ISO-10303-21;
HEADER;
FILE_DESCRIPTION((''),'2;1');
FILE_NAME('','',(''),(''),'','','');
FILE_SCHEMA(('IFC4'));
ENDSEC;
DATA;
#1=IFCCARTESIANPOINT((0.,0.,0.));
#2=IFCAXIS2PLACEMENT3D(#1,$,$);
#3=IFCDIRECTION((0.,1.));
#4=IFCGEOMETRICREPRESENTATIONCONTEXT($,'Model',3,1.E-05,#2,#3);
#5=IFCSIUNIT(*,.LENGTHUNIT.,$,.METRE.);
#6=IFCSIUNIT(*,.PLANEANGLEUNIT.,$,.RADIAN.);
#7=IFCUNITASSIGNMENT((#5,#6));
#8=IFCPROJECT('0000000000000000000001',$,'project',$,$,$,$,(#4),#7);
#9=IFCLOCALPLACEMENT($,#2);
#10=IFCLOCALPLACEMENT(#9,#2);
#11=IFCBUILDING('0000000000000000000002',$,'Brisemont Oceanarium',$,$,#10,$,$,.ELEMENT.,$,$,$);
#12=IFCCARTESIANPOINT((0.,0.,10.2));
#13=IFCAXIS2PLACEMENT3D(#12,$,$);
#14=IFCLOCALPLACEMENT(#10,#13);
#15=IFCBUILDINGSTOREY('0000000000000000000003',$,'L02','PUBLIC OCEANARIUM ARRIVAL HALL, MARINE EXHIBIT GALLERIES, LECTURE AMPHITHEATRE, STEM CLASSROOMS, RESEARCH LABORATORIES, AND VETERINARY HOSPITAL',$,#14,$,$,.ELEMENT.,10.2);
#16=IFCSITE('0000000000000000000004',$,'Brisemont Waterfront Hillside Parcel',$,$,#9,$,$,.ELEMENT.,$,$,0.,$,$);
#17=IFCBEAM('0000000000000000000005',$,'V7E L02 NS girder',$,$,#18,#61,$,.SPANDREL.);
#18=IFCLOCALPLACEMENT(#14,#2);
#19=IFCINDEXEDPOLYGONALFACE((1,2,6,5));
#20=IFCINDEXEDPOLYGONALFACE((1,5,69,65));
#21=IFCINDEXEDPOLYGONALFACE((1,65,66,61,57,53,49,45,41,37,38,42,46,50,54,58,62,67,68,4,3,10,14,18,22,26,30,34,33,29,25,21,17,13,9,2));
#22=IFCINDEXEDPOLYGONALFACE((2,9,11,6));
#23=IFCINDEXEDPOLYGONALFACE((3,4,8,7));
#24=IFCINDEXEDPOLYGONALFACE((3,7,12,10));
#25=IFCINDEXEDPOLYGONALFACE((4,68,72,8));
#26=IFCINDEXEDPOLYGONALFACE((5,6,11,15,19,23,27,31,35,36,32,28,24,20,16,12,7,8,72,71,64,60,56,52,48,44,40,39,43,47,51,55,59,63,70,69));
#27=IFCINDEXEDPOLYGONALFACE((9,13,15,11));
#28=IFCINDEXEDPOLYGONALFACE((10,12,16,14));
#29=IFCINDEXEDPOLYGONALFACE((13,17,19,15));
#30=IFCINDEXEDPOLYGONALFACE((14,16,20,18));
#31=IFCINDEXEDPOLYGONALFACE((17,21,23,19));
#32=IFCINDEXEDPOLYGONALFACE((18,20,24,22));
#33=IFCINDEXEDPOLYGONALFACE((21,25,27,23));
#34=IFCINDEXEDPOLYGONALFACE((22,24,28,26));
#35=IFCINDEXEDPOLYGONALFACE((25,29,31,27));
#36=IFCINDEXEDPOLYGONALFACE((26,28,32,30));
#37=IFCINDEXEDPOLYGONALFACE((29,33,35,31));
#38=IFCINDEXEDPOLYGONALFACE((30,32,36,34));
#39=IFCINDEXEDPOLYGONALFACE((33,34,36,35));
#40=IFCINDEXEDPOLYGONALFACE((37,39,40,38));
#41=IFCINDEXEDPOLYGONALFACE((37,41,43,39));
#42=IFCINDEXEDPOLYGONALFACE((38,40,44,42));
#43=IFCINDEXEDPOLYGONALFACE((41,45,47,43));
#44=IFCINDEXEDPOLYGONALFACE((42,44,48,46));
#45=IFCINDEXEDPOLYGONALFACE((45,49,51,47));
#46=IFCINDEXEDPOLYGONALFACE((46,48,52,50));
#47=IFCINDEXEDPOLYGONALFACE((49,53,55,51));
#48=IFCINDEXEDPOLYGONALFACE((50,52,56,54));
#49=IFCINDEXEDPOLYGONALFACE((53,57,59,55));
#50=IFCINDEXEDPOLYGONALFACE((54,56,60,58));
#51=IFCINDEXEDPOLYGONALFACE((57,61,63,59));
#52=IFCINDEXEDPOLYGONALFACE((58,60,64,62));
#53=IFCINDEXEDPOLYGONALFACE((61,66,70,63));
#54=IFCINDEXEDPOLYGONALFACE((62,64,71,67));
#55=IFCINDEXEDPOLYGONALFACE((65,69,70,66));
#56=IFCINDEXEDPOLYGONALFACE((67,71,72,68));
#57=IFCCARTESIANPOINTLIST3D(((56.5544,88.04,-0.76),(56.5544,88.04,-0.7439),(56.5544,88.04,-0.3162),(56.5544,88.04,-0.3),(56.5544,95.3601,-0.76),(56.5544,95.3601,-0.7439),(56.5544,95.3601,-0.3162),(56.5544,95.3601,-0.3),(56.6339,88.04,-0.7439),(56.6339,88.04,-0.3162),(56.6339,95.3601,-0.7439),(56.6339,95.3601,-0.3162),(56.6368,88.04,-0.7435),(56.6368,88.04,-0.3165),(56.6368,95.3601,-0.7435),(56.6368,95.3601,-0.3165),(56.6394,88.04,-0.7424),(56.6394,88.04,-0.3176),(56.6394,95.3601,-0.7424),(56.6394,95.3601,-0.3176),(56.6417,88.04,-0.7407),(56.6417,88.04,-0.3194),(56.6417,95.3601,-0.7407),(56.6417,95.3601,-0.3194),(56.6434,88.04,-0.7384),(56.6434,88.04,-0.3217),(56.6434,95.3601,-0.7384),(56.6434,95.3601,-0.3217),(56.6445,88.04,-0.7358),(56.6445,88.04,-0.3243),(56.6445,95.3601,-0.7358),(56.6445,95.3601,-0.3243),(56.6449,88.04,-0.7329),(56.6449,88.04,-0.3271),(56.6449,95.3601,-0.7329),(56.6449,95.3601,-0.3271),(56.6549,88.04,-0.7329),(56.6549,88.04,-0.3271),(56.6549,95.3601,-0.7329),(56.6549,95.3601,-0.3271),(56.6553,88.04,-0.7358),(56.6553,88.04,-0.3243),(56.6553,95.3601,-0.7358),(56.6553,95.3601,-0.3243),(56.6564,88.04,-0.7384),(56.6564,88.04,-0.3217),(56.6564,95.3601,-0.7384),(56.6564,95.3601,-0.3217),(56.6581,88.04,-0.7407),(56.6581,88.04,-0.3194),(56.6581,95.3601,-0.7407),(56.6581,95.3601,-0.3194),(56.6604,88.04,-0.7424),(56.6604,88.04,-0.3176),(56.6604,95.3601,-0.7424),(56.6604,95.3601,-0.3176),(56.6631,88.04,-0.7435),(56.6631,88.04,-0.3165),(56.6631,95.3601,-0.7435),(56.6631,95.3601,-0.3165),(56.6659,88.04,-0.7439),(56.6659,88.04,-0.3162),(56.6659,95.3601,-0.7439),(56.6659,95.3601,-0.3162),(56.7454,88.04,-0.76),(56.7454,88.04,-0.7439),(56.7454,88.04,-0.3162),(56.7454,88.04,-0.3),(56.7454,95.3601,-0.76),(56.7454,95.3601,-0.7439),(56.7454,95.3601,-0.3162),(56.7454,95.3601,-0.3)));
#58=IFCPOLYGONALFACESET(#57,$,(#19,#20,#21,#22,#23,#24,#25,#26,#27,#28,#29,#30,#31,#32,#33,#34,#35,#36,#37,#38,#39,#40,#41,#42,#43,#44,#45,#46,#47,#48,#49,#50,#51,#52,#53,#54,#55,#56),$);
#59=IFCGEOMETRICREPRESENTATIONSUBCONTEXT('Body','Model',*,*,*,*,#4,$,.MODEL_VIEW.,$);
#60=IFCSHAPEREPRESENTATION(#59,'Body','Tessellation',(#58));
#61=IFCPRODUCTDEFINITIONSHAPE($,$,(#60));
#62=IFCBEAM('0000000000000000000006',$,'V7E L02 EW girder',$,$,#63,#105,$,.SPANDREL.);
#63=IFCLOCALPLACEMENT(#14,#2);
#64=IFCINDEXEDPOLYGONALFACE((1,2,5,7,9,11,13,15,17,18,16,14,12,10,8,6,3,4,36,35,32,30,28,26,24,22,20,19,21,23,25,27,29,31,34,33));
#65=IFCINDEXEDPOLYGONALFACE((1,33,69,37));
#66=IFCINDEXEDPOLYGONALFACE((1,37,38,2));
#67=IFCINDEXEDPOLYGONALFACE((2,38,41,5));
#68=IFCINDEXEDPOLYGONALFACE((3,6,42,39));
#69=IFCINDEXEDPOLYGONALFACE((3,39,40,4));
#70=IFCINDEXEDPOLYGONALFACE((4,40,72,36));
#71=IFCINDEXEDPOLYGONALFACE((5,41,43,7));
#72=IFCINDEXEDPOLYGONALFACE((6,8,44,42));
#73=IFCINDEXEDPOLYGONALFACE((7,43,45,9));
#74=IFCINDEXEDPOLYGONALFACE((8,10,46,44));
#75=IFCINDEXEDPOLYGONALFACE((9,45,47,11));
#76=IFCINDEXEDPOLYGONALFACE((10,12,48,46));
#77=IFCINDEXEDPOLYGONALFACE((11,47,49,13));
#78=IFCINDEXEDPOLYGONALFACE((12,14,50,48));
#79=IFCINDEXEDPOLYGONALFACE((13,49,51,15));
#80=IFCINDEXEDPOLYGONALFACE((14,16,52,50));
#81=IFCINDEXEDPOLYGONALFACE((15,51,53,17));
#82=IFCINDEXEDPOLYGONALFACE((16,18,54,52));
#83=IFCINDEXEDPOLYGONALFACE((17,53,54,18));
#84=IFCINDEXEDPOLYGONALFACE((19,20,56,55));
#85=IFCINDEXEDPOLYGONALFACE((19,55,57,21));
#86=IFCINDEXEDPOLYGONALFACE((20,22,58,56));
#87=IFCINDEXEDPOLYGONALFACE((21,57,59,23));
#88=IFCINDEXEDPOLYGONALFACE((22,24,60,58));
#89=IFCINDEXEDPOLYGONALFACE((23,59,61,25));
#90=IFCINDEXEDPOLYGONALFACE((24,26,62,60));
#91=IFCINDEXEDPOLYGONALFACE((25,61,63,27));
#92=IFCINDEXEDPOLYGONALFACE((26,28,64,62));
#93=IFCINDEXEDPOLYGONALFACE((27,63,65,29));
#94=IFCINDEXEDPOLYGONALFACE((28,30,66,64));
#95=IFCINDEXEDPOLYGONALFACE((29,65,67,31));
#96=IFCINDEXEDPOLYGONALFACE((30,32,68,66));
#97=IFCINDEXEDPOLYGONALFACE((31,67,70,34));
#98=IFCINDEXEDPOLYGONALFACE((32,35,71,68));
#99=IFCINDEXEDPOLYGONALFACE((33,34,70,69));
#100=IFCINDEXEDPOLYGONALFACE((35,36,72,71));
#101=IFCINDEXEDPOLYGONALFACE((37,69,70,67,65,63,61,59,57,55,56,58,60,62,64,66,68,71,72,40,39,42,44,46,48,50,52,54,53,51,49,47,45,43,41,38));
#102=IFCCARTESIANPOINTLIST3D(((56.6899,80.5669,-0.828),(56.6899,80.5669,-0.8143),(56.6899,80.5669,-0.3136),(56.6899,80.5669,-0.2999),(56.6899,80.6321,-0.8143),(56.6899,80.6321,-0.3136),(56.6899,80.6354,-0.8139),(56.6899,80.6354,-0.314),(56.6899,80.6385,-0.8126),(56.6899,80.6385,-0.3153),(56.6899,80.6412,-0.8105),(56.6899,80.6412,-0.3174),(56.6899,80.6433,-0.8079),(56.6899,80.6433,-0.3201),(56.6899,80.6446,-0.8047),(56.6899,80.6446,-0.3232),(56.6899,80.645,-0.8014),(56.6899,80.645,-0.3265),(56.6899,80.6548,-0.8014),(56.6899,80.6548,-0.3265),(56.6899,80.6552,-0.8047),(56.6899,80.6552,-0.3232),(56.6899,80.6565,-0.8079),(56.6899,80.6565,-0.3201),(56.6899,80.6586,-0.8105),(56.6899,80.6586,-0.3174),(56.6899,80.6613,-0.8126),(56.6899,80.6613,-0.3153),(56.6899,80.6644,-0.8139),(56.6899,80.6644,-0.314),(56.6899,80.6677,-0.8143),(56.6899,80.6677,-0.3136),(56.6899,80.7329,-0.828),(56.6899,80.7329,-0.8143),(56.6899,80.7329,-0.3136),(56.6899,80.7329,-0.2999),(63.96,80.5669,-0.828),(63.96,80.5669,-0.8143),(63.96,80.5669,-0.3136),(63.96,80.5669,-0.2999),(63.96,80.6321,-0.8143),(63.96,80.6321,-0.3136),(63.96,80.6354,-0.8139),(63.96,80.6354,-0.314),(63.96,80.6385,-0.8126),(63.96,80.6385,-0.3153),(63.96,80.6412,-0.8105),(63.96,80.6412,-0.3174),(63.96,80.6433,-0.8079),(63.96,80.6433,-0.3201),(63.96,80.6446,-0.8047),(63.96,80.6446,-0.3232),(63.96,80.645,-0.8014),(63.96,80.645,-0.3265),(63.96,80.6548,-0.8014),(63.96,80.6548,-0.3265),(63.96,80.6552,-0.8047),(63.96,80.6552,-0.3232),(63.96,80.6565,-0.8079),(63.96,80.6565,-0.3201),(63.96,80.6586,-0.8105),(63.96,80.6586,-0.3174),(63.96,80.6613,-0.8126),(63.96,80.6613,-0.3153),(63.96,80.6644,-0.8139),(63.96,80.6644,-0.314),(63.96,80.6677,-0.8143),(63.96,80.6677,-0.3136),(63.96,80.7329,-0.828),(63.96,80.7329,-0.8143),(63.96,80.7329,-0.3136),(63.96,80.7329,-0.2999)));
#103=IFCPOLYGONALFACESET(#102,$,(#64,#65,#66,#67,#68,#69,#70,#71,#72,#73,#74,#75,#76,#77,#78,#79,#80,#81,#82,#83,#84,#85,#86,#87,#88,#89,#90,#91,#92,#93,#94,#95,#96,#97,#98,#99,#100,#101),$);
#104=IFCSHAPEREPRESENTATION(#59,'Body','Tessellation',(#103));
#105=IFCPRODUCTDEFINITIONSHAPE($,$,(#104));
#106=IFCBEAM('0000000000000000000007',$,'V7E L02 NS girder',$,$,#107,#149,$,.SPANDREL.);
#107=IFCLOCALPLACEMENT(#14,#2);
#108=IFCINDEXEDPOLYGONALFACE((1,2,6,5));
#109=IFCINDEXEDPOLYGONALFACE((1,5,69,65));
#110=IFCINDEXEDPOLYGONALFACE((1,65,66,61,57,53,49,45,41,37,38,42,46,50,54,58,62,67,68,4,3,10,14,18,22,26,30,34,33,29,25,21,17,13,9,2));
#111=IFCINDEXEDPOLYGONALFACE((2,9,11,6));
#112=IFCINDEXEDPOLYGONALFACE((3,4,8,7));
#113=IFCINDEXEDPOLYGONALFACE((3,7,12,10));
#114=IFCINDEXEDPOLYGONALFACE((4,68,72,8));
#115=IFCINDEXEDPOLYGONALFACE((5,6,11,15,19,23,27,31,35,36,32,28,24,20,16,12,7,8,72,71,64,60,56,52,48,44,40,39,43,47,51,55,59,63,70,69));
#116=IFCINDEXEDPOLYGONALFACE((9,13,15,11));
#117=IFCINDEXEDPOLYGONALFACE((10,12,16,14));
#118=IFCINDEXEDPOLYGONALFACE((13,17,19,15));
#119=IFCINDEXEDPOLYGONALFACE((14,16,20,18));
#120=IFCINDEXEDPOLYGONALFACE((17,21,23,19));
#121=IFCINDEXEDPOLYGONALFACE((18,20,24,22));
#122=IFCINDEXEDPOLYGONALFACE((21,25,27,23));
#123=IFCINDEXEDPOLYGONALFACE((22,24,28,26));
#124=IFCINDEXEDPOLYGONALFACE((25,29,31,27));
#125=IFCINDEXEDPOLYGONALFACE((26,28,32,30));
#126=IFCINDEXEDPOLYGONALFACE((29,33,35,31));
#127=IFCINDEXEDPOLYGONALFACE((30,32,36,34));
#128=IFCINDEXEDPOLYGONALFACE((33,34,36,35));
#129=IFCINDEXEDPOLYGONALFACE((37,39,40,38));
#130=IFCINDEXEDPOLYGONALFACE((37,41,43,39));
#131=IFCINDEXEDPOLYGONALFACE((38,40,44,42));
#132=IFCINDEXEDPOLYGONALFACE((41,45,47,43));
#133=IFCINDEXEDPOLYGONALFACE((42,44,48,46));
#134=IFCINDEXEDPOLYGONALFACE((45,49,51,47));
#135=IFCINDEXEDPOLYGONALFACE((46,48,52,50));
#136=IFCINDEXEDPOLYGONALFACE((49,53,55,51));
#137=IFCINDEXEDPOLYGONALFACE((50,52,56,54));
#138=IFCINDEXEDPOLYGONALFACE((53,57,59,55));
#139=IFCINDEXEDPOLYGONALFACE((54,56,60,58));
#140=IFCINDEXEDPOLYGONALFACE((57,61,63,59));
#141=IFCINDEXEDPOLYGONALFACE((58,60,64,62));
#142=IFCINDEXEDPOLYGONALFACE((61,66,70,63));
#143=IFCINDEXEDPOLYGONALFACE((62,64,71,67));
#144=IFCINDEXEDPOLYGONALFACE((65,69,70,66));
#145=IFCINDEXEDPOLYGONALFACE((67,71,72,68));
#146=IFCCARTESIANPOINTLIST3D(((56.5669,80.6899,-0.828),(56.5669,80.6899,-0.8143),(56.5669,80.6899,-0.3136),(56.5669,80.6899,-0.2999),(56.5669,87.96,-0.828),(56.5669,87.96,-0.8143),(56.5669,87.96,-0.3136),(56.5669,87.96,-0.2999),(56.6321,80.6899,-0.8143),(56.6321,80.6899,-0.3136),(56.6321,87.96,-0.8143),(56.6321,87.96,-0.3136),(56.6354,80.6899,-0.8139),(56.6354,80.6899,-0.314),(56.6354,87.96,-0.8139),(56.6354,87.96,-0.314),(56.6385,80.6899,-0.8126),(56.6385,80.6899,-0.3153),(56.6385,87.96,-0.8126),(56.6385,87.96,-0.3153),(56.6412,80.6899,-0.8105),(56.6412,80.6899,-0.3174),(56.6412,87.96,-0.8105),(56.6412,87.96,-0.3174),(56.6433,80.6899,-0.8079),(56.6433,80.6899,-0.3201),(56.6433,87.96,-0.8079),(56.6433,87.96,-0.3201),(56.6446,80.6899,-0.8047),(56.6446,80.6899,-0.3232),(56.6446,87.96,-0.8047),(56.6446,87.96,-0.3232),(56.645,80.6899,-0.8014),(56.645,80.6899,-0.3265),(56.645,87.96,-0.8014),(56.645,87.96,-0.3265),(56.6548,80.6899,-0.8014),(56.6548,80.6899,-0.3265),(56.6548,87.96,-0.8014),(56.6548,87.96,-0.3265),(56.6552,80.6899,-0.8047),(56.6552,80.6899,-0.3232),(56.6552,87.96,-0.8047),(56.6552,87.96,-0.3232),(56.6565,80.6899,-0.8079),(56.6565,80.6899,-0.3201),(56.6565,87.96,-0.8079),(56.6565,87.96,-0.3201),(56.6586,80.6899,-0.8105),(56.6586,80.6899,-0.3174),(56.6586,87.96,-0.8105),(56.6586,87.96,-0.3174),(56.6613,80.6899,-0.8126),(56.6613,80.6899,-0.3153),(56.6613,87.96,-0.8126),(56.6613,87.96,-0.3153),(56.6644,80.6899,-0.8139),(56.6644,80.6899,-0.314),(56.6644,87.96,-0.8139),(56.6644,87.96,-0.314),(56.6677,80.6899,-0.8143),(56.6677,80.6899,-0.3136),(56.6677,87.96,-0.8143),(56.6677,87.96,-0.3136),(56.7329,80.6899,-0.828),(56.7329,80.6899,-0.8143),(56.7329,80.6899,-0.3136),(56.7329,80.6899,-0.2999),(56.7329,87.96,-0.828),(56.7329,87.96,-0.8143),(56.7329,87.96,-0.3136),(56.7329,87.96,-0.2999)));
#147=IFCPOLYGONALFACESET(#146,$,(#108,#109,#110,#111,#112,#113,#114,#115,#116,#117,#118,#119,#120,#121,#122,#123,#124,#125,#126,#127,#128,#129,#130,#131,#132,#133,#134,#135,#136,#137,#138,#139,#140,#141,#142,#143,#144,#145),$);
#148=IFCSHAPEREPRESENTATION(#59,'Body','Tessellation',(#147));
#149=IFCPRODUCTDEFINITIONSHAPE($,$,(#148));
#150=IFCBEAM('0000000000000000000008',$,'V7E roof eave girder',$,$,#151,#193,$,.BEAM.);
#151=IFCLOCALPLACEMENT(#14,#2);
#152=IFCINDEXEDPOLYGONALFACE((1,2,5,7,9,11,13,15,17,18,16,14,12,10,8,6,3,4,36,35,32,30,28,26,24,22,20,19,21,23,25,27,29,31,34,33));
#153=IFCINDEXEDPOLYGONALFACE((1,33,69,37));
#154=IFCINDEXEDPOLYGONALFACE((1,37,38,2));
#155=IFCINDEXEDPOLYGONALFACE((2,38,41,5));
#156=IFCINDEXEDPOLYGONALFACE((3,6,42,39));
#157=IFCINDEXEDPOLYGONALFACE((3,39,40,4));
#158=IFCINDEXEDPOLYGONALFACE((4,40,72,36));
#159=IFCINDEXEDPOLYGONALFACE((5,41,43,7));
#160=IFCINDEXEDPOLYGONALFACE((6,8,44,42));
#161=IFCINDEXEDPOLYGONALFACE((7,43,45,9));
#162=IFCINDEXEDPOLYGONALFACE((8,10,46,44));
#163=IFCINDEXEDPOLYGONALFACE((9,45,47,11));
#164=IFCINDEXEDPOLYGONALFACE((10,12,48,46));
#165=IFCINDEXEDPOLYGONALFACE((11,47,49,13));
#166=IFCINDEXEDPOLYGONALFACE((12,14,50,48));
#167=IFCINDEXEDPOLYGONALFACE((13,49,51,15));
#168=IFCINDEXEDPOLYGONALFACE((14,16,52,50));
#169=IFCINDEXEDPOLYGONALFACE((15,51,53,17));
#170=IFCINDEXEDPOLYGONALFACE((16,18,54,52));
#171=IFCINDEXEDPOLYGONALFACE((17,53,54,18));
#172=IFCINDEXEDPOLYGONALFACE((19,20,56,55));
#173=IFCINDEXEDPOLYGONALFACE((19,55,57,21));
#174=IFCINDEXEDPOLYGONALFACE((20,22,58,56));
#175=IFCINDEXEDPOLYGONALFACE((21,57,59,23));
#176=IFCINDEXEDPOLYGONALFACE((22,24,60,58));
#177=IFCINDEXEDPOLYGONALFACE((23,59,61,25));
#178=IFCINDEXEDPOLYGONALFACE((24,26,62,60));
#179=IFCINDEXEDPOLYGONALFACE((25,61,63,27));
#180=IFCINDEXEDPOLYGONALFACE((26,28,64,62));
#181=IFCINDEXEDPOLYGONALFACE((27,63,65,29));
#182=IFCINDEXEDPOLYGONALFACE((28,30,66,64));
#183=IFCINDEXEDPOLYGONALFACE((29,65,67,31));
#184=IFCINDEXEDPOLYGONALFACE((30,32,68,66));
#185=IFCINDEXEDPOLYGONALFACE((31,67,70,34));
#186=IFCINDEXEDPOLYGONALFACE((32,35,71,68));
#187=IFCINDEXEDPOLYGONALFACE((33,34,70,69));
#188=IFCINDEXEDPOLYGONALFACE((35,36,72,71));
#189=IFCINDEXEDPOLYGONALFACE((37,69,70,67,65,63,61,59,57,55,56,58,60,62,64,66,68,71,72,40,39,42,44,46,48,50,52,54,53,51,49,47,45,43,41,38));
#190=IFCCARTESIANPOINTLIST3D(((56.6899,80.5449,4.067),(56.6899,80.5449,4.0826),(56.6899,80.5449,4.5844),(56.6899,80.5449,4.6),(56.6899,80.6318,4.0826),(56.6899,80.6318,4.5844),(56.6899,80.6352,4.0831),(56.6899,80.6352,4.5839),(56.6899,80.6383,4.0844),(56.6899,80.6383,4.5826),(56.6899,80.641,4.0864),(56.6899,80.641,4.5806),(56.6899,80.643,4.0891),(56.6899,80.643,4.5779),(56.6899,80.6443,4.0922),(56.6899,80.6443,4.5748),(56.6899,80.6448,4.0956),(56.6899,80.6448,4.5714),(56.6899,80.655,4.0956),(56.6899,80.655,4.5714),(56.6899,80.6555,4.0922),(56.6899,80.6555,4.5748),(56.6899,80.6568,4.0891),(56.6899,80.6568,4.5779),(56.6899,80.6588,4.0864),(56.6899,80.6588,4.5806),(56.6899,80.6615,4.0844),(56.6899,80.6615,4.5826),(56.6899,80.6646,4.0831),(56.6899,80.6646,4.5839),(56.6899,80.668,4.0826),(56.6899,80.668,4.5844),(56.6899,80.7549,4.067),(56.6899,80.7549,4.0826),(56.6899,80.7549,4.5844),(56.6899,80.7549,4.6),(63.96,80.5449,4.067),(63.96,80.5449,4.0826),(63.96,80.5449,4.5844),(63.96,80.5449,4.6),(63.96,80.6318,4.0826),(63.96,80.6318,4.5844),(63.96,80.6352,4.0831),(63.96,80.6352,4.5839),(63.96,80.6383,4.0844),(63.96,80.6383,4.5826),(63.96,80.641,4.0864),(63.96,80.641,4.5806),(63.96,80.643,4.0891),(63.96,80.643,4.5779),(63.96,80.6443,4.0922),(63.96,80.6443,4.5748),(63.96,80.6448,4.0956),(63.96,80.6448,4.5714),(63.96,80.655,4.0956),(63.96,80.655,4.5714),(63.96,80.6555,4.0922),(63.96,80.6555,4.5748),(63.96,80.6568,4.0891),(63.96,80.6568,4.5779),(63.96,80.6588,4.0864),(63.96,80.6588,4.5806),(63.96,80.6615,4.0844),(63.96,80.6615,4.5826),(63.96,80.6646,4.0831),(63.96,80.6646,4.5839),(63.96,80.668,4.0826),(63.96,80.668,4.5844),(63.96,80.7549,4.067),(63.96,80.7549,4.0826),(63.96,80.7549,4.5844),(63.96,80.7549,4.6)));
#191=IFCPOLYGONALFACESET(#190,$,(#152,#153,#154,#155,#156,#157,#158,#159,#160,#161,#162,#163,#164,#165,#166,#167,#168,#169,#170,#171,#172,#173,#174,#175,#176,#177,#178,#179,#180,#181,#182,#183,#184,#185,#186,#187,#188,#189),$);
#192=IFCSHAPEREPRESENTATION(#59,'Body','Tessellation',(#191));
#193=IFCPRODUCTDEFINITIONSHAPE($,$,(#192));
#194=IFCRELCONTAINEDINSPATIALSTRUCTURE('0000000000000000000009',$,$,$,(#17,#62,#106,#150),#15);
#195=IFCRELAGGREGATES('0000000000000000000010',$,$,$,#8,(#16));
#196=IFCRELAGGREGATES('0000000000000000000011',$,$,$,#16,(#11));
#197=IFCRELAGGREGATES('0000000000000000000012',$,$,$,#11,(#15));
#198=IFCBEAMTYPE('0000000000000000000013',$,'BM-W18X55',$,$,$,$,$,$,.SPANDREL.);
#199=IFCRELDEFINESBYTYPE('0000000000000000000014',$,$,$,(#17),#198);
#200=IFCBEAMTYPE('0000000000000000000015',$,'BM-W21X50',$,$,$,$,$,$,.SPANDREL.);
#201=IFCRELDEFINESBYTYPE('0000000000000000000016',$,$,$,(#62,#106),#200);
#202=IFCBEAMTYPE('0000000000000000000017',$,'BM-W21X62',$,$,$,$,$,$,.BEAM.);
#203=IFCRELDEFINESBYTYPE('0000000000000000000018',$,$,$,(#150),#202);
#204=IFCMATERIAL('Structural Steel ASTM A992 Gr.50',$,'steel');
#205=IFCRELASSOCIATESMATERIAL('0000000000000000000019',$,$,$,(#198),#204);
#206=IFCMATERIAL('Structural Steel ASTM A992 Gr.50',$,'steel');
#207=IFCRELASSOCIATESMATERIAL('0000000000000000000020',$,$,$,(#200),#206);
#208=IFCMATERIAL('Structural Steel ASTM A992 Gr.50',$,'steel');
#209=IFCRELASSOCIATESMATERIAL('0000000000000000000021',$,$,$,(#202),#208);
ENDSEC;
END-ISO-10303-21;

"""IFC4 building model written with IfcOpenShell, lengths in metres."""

from ifc_helpers import new_model, si_unit, direction, frame, origin, origin_2d, place, context, subcontext, project, spatial, i_section, extrude, material, material_profile, profile_set, type_object, element, save


model = new_model("IFC4")

# Units and contexts
model_context = context("Model", 3, precision=1e-05, world=origin(), true_north=direction((0.0, 1.0)))
body_context = subcontext(model_context, "Body", "Model", "MODEL_VIEW")
ifc_project = project(units=[si_unit("LENGTHUNIT", "METRE"), si_unit("PLANEANGLEUNIT", "RADIAN")], contexts=[model_context])

# Site, building, storey
site_placement = place(None, origin())
site = spatial("IfcSite", under=ifc_project, at=site_placement, Name="Brisemont Waterfront Hillside Parcel", CompositionType="ELEMENT", RefElevation=0.0)
building_placement = place(site_placement, origin())
building = spatial("IfcBuilding", under=site, at=building_placement, Name="Brisemont Oceanarium", CompositionType="ELEMENT")
storey_placement = place(building_placement, frame((0.0, 0.0, 10.2)))
storey = spatial("IfcBuildingStorey", under=building, at=storey_placement, Name="L02", Description="PUBLIC OCEANARIUM ARRIVAL HALL, MARINE EXHIBIT GALLERIES, LECTURE AMPHITHEATRE, STEM CLASSROOMS, RESEARCH LABORATORIES, AND VETERINARY HOSPITAL", CompositionType="ELEMENT", Elevation=10.2)

# Beams
ifc_material_1 = material(Name="Structural Steel ASTM A992 Gr.50", Category="steel")
ifc_material_profile_1 = material_profile(ifc_material_1, i_section(OverallWidth=0.1909, OverallDepth=0.46, WebThickness=0.01, FlangeThickness=0.0161, FilletRadius=0.011, at=origin_2d()), Name="W18X55")
ifc_profile_set_1 = profile_set([ifc_material_profile_1], Name="Structural Steel ASTM A992 Gr.50")
beam_type_1 = type_object("IfcBeamType", Name="BM-W18X55", PredefinedType="SPANDREL", material=ifc_profile_set_1)
beam_1_placement = place(storey_placement, frame((56.6499, 88.04, -0.53), z_axis=(0.0, 1.0, 0.0), x_axis=(-1.0, 0.0, 0.0)))
element("IfcBeam", 1, at=beam_1_placement, inside=storey, type_object=beam_type_1, Name="V7E L02 NS girder", PredefinedType="SPANDREL", context=body_context, shape_type="SweptSolid", body=[
    extrude(i_section(OverallWidth=0.1909, OverallDepth=0.46, WebThickness=0.01, FlangeThickness=0.0161, FilletRadius=0.011, at=origin_2d()), origin(), (0.0, 0.0, 1.0), 7.3201),
])
ifc_material_2 = material(Name="Structural Steel ASTM A992 Gr.50", Category="steel")
ifc_material_profile_2 = material_profile(ifc_material_2, i_section(OverallWidth=0.166, OverallDepth=0.5281, WebThickness=0.0098, FlangeThickness=0.0137, FilletRadius=0.0129, at=origin_2d()), Name="W21X50")
ifc_profile_set_2 = profile_set([ifc_material_profile_2], Name="Structural Steel ASTM A992 Gr.50")
beam_type_2 = type_object("IfcBeamType", Name="BM-W21X50", PredefinedType="SPANDREL", material=ifc_profile_set_2)
for number, where, z_axis, x_axis, name in (
    (2, (56.6899, 80.6499, -0.564), (1.0, 0.0, 0.0), (0.0, 1.0, 0.0), "V7E L02 EW girder"),
    (3, (56.6499, 80.6899, -0.564), (0.0, 1.0, 0.0), (-1.0, 0.0, 0.0), "V7E L02 NS girder"),
):
    element("IfcBeam", number, at=place(storey_placement, frame(where, z_axis=z_axis, x_axis=x_axis)), inside=storey, type_object=beam_type_2, Name=name, PredefinedType="SPANDREL", context=body_context, shape_type="SweptSolid", body=[
        extrude(i_section(OverallWidth=0.166, OverallDepth=0.5281, WebThickness=0.0098, FlangeThickness=0.0137, FilletRadius=0.0129, at=origin_2d()), origin(), (0.0, 0.0, 1.0), 7.27),
    ])
ifc_material_3 = material(Name="Structural Steel ASTM A992 Gr.50", Category="steel")
ifc_material_profile_3 = material_profile(ifc_material_3, i_section(OverallWidth=0.21, OverallDepth=0.533, WebThickness=0.0103, FlangeThickness=0.0156, FilletRadius=0.0129, at=origin_2d()), Name="W21X62")
ifc_profile_set_3 = profile_set([ifc_material_profile_3], Name="Structural Steel ASTM A992 Gr.50")
beam_type_3 = type_object("IfcBeamType", Name="BM-W21X62", PredefinedType="BEAM", material=ifc_profile_set_3)
for number, where, z_axis, x_axis, name in (
    (4, (56.6899, 80.6499, 4.3335), (1.0, 0.0, 0.0), (0.0, 1.0, 0.0), "V7E roof eave girder"),
):
    element("IfcBeam", number, at=place(storey_placement, frame(where, z_axis=z_axis, x_axis=x_axis)), inside=storey, type_object=beam_type_3, Name=name, PredefinedType="BEAM", context=body_context, shape_type="SweptSolid", body=[
        extrude(i_section(OverallWidth=0.21, OverallDepth=0.533, WebThickness=0.0103, FlangeThickness=0.0156, FilletRadius=0.0129, at=origin_2d()), origin(), (0.0, 0.0, 1.0), 7.27),
    ])

save(model, "model.ifc")
